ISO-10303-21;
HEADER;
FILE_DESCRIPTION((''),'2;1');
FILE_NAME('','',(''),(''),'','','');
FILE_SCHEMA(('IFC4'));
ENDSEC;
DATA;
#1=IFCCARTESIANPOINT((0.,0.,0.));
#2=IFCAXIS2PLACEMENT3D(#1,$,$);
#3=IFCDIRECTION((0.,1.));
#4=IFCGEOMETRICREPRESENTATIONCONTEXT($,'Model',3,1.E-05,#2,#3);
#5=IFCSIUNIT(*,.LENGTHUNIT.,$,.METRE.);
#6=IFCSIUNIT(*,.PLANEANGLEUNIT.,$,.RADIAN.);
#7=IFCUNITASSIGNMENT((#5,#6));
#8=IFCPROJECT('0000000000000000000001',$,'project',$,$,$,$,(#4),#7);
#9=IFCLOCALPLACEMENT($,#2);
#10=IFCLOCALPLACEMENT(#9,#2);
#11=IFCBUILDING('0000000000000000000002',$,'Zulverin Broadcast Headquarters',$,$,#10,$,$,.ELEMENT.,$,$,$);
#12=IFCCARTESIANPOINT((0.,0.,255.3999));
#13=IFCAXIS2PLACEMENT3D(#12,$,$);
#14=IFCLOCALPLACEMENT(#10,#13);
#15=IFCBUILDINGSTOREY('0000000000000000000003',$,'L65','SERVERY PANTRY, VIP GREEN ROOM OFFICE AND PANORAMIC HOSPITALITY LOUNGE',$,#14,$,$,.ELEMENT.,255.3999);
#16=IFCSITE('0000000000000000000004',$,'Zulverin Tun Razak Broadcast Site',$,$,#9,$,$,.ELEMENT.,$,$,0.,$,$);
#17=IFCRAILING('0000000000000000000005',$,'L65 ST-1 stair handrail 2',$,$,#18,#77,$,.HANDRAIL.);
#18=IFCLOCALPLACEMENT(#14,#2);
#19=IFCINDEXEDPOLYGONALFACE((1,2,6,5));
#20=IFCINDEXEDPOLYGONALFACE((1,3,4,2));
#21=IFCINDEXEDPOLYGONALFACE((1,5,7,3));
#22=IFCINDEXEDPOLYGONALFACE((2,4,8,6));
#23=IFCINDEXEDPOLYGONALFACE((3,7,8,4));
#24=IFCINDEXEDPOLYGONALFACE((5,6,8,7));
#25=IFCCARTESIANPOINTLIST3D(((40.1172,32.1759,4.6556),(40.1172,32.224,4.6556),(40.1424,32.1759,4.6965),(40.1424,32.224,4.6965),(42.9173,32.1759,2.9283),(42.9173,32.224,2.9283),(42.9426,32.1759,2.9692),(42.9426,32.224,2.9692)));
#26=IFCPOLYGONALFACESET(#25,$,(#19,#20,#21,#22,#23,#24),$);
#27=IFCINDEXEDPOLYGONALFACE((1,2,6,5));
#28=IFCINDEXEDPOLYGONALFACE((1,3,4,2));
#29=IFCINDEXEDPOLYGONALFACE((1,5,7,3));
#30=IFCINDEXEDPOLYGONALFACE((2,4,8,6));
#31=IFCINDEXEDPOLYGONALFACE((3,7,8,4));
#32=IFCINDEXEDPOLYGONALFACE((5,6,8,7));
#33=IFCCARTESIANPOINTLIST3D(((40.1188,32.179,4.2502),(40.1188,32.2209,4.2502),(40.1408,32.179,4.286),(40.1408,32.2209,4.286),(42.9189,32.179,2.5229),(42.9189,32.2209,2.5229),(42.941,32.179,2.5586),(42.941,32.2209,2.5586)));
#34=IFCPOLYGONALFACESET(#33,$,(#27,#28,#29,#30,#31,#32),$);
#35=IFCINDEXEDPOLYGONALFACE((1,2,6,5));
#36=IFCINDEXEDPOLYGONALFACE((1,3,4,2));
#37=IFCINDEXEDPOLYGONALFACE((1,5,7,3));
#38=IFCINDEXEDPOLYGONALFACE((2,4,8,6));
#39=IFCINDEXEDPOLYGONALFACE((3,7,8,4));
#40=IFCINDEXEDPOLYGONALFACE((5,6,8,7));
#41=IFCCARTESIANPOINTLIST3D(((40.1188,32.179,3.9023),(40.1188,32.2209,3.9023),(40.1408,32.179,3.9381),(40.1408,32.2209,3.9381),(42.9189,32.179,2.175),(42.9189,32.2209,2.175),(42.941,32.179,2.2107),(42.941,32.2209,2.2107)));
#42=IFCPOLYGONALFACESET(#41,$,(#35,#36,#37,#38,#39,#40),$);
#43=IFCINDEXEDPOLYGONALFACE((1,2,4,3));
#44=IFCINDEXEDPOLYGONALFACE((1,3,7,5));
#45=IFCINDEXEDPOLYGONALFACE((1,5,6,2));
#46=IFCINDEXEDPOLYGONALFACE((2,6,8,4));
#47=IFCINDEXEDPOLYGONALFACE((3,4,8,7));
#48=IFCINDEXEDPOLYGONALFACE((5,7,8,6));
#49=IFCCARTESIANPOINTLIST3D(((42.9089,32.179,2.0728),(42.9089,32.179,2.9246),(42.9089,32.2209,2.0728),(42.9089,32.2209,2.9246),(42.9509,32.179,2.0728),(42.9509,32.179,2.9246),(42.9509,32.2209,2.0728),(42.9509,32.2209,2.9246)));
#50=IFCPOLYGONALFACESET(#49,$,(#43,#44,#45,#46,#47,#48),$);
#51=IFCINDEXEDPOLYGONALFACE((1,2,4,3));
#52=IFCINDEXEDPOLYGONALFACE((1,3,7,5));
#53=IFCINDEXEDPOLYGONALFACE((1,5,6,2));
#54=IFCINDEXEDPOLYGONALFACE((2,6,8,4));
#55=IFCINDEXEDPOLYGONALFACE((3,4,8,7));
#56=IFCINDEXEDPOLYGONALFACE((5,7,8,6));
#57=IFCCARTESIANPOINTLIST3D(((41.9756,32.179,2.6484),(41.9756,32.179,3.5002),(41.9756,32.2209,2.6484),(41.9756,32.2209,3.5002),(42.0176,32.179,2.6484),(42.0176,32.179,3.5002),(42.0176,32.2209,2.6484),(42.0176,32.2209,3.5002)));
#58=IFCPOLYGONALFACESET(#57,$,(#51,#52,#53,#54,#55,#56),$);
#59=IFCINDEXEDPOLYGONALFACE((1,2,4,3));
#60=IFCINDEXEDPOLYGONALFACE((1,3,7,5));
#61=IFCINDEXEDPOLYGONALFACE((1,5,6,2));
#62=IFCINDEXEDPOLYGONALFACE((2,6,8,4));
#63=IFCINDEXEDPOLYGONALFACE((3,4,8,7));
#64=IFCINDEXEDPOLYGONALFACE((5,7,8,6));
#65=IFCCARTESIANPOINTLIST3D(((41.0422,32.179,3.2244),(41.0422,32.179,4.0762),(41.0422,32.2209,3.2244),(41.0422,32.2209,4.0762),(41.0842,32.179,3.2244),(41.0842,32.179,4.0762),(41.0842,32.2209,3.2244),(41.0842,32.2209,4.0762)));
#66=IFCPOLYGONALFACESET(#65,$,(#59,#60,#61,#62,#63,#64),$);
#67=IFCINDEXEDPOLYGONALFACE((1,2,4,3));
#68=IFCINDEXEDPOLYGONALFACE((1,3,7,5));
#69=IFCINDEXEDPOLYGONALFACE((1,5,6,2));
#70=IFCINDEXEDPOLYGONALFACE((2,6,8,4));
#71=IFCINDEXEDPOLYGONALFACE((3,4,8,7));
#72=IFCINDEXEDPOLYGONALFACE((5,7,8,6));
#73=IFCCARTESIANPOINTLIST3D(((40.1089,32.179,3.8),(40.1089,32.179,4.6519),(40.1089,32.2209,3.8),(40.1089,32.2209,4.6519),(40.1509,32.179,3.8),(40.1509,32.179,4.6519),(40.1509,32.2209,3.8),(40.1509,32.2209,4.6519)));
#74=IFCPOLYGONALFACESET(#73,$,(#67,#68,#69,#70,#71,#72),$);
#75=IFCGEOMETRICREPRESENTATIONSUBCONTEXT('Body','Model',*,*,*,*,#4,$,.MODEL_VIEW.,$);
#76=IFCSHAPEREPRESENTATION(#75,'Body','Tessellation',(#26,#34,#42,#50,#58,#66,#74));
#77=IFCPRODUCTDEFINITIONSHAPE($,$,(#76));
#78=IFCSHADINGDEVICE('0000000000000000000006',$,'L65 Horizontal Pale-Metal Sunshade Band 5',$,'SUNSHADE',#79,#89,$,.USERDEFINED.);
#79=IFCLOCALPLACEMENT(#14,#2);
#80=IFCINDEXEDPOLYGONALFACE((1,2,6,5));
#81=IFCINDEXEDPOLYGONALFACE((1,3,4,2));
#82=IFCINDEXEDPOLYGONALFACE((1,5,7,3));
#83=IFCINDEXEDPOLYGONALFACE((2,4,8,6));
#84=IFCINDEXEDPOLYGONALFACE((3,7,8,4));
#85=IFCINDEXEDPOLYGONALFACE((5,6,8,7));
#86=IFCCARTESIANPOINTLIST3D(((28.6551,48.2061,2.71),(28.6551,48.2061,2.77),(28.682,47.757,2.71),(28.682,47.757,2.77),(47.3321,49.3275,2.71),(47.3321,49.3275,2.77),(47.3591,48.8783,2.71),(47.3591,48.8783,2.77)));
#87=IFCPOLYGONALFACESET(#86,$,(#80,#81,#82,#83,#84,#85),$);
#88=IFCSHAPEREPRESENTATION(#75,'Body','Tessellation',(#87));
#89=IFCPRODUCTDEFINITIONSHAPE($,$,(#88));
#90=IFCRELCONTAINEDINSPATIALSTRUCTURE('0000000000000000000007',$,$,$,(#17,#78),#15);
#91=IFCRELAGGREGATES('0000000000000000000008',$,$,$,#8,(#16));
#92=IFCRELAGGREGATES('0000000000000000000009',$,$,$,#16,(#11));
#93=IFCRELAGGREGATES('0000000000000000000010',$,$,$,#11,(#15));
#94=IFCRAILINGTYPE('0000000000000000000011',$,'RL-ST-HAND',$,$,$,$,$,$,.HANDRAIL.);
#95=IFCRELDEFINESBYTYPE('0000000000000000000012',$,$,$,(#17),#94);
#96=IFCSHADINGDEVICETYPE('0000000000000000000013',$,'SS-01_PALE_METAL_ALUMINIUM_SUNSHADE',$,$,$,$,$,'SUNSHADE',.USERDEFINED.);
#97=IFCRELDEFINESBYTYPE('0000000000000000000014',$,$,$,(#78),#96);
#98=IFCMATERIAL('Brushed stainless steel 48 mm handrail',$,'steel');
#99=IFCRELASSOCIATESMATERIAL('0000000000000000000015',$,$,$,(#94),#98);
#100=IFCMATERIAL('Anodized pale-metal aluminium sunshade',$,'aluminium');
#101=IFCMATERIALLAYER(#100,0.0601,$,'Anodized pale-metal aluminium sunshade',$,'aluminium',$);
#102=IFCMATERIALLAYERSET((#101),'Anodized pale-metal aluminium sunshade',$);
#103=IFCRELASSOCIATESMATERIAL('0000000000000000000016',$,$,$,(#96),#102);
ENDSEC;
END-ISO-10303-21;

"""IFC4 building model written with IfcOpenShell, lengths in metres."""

from ifc_helpers import new_model, si_unit, direction, frame, origin, origin_2d, place, context, subcontext, project, spatial, rectangle, extrude, material, layer, layer_set, type_object, element, save


model = new_model("IFC4")

# Units and contexts
model_context = context("Model", 3, precision=1e-05, world=origin(), true_north=direction((0.0, 1.0)))
body_context = subcontext(model_context, "Body", "Model", "MODEL_VIEW")
ifc_project = project(units=[si_unit("LENGTHUNIT", "METRE"), si_unit("PLANEANGLEUNIT", "RADIAN")], contexts=[model_context])

# Site, building, storey
site_placement = place(None, origin())
site = spatial("IfcSite", under=ifc_project, at=site_placement, Name="Zulverin Tun Razak Broadcast Site", CompositionType="ELEMENT", RefElevation=0.0)
building_placement = place(site_placement, origin())
building = spatial("IfcBuilding", under=site, at=building_placement, Name="Zulverin Broadcast Headquarters", CompositionType="ELEMENT")
storey_placement = place(building_placement, frame((0.0, 0.0, 255.3999)))
storey = spatial("IfcBuildingStorey", under=building, at=storey_placement, Name="L65", Description="SERVERY PANTRY, VIP GREEN ROOM OFFICE AND PANORAMIC HOSPITALITY LOUNGE", CompositionType="ELEMENT", Elevation=255.3999)

# Railing
ifc_material_1 = material(Name="Brushed stainless steel 48 mm handrail", Category="steel")
railing_type_1 = type_object("IfcRailingType", Name="RL-ST-HAND", PredefinedType="HANDRAIL", material=ifc_material_1)
railing_1_placement = place(storey_placement, frame((42.9299, 32.2, 2.0728)))
element("IfcRailing", 1, at=railing_1_placement, inside=storey, type_object=railing_type_1, Name="L65 ST-1 stair handrail 2", PredefinedType="HANDRAIL", context=body_context, shape_type="SweptSolid", body=[
    extrude(rectangle(XDim=0.0481, YDim=0.0481, at=origin_2d()), frame((0.0, 0.0, 0.876), z_axis=(-0.85109, 0.0, 0.52502), x_axis=(0.0, -1.0, 0.0)), (0.0, 0.0, 1.0), 3.29),
    extrude(rectangle(XDim=0.042, YDim=0.042, at=origin_2d()), frame((0.0, 0.0, 0.468), z_axis=(-0.85109, 0.0, 0.52502), x_axis=(0.0, -1.0, 0.0)), (0.0, 0.0, 1.0), 3.29),
    extrude(rectangle(XDim=0.042, YDim=0.042, at=origin_2d()), frame((0.0, 0.0, 0.1201), z_axis=(-0.85109, 0.0, 0.52502), x_axis=(0.0, -1.0, 0.0)), (0.0, 0.0, 1.0), 3.29),
    extrude(rectangle(XDim=0.042, YDim=0.042, at=origin_2d()), origin(), (0.0, 0.0, 1.0), 0.8518),
    extrude(rectangle(XDim=0.042, YDim=0.042, at=origin_2d()), frame((-0.9333, 0.0, 0.5757)), (0.0, 0.0, 1.0), 0.8518),
    extrude(rectangle(XDim=0.042, YDim=0.042, at=origin_2d()), frame((-1.8667, 0.0, 1.1516)), (0.0, 0.0, 1.0), 0.8518),
    extrude(rectangle(XDim=0.042, YDim=0.042, at=origin_2d()), frame((-2.8, 0.0, 1.7273)), (0.0, 0.0, 1.0), 0.8518),
])

# Shading device
ifc_material_2 = material(Name="Anodized pale-metal aluminium sunshade", Category="aluminium")
ifc_layer_1 = layer(ifc_material_2, 0.0601, Name="Anodized pale-metal aluminium sunshade", Category="aluminium")
ifc_layer_set_1 = layer_set([ifc_layer_1], Name="Anodized pale-metal aluminium sunshade")
shading_device_type = type_object("IfcShadingDeviceType", Name="SS-01_PALE_METAL_ALUMINIUM_SUNSHADE", ElementType="SUNSHADE", PredefinedType="USERDEFINED", material=ifc_layer_set_1)
shading_device_placement = place(storey_placement, frame((38.0071, 48.5422, 2.71), z_axis=(0.0, 0.0, 1.0), x_axis=(-0.998203, -0.05993, 0.0)))
element("IfcShadingDevice", 2, at=shading_device_placement, inside=storey, type_object=shading_device_type, Name="L65 Horizontal Pale-Metal Sunshade Band 5", ObjectType="SUNSHADE", PredefinedType="USERDEFINED", context=body_context, shape_type="SweptSolid", body=[
    extrude(rectangle(XDim=18.7107, YDim=0.45, at=origin_2d()), origin(), (0.0, 0.0, 1.0), 0.0601),
])

save(model, "model.ifc")
